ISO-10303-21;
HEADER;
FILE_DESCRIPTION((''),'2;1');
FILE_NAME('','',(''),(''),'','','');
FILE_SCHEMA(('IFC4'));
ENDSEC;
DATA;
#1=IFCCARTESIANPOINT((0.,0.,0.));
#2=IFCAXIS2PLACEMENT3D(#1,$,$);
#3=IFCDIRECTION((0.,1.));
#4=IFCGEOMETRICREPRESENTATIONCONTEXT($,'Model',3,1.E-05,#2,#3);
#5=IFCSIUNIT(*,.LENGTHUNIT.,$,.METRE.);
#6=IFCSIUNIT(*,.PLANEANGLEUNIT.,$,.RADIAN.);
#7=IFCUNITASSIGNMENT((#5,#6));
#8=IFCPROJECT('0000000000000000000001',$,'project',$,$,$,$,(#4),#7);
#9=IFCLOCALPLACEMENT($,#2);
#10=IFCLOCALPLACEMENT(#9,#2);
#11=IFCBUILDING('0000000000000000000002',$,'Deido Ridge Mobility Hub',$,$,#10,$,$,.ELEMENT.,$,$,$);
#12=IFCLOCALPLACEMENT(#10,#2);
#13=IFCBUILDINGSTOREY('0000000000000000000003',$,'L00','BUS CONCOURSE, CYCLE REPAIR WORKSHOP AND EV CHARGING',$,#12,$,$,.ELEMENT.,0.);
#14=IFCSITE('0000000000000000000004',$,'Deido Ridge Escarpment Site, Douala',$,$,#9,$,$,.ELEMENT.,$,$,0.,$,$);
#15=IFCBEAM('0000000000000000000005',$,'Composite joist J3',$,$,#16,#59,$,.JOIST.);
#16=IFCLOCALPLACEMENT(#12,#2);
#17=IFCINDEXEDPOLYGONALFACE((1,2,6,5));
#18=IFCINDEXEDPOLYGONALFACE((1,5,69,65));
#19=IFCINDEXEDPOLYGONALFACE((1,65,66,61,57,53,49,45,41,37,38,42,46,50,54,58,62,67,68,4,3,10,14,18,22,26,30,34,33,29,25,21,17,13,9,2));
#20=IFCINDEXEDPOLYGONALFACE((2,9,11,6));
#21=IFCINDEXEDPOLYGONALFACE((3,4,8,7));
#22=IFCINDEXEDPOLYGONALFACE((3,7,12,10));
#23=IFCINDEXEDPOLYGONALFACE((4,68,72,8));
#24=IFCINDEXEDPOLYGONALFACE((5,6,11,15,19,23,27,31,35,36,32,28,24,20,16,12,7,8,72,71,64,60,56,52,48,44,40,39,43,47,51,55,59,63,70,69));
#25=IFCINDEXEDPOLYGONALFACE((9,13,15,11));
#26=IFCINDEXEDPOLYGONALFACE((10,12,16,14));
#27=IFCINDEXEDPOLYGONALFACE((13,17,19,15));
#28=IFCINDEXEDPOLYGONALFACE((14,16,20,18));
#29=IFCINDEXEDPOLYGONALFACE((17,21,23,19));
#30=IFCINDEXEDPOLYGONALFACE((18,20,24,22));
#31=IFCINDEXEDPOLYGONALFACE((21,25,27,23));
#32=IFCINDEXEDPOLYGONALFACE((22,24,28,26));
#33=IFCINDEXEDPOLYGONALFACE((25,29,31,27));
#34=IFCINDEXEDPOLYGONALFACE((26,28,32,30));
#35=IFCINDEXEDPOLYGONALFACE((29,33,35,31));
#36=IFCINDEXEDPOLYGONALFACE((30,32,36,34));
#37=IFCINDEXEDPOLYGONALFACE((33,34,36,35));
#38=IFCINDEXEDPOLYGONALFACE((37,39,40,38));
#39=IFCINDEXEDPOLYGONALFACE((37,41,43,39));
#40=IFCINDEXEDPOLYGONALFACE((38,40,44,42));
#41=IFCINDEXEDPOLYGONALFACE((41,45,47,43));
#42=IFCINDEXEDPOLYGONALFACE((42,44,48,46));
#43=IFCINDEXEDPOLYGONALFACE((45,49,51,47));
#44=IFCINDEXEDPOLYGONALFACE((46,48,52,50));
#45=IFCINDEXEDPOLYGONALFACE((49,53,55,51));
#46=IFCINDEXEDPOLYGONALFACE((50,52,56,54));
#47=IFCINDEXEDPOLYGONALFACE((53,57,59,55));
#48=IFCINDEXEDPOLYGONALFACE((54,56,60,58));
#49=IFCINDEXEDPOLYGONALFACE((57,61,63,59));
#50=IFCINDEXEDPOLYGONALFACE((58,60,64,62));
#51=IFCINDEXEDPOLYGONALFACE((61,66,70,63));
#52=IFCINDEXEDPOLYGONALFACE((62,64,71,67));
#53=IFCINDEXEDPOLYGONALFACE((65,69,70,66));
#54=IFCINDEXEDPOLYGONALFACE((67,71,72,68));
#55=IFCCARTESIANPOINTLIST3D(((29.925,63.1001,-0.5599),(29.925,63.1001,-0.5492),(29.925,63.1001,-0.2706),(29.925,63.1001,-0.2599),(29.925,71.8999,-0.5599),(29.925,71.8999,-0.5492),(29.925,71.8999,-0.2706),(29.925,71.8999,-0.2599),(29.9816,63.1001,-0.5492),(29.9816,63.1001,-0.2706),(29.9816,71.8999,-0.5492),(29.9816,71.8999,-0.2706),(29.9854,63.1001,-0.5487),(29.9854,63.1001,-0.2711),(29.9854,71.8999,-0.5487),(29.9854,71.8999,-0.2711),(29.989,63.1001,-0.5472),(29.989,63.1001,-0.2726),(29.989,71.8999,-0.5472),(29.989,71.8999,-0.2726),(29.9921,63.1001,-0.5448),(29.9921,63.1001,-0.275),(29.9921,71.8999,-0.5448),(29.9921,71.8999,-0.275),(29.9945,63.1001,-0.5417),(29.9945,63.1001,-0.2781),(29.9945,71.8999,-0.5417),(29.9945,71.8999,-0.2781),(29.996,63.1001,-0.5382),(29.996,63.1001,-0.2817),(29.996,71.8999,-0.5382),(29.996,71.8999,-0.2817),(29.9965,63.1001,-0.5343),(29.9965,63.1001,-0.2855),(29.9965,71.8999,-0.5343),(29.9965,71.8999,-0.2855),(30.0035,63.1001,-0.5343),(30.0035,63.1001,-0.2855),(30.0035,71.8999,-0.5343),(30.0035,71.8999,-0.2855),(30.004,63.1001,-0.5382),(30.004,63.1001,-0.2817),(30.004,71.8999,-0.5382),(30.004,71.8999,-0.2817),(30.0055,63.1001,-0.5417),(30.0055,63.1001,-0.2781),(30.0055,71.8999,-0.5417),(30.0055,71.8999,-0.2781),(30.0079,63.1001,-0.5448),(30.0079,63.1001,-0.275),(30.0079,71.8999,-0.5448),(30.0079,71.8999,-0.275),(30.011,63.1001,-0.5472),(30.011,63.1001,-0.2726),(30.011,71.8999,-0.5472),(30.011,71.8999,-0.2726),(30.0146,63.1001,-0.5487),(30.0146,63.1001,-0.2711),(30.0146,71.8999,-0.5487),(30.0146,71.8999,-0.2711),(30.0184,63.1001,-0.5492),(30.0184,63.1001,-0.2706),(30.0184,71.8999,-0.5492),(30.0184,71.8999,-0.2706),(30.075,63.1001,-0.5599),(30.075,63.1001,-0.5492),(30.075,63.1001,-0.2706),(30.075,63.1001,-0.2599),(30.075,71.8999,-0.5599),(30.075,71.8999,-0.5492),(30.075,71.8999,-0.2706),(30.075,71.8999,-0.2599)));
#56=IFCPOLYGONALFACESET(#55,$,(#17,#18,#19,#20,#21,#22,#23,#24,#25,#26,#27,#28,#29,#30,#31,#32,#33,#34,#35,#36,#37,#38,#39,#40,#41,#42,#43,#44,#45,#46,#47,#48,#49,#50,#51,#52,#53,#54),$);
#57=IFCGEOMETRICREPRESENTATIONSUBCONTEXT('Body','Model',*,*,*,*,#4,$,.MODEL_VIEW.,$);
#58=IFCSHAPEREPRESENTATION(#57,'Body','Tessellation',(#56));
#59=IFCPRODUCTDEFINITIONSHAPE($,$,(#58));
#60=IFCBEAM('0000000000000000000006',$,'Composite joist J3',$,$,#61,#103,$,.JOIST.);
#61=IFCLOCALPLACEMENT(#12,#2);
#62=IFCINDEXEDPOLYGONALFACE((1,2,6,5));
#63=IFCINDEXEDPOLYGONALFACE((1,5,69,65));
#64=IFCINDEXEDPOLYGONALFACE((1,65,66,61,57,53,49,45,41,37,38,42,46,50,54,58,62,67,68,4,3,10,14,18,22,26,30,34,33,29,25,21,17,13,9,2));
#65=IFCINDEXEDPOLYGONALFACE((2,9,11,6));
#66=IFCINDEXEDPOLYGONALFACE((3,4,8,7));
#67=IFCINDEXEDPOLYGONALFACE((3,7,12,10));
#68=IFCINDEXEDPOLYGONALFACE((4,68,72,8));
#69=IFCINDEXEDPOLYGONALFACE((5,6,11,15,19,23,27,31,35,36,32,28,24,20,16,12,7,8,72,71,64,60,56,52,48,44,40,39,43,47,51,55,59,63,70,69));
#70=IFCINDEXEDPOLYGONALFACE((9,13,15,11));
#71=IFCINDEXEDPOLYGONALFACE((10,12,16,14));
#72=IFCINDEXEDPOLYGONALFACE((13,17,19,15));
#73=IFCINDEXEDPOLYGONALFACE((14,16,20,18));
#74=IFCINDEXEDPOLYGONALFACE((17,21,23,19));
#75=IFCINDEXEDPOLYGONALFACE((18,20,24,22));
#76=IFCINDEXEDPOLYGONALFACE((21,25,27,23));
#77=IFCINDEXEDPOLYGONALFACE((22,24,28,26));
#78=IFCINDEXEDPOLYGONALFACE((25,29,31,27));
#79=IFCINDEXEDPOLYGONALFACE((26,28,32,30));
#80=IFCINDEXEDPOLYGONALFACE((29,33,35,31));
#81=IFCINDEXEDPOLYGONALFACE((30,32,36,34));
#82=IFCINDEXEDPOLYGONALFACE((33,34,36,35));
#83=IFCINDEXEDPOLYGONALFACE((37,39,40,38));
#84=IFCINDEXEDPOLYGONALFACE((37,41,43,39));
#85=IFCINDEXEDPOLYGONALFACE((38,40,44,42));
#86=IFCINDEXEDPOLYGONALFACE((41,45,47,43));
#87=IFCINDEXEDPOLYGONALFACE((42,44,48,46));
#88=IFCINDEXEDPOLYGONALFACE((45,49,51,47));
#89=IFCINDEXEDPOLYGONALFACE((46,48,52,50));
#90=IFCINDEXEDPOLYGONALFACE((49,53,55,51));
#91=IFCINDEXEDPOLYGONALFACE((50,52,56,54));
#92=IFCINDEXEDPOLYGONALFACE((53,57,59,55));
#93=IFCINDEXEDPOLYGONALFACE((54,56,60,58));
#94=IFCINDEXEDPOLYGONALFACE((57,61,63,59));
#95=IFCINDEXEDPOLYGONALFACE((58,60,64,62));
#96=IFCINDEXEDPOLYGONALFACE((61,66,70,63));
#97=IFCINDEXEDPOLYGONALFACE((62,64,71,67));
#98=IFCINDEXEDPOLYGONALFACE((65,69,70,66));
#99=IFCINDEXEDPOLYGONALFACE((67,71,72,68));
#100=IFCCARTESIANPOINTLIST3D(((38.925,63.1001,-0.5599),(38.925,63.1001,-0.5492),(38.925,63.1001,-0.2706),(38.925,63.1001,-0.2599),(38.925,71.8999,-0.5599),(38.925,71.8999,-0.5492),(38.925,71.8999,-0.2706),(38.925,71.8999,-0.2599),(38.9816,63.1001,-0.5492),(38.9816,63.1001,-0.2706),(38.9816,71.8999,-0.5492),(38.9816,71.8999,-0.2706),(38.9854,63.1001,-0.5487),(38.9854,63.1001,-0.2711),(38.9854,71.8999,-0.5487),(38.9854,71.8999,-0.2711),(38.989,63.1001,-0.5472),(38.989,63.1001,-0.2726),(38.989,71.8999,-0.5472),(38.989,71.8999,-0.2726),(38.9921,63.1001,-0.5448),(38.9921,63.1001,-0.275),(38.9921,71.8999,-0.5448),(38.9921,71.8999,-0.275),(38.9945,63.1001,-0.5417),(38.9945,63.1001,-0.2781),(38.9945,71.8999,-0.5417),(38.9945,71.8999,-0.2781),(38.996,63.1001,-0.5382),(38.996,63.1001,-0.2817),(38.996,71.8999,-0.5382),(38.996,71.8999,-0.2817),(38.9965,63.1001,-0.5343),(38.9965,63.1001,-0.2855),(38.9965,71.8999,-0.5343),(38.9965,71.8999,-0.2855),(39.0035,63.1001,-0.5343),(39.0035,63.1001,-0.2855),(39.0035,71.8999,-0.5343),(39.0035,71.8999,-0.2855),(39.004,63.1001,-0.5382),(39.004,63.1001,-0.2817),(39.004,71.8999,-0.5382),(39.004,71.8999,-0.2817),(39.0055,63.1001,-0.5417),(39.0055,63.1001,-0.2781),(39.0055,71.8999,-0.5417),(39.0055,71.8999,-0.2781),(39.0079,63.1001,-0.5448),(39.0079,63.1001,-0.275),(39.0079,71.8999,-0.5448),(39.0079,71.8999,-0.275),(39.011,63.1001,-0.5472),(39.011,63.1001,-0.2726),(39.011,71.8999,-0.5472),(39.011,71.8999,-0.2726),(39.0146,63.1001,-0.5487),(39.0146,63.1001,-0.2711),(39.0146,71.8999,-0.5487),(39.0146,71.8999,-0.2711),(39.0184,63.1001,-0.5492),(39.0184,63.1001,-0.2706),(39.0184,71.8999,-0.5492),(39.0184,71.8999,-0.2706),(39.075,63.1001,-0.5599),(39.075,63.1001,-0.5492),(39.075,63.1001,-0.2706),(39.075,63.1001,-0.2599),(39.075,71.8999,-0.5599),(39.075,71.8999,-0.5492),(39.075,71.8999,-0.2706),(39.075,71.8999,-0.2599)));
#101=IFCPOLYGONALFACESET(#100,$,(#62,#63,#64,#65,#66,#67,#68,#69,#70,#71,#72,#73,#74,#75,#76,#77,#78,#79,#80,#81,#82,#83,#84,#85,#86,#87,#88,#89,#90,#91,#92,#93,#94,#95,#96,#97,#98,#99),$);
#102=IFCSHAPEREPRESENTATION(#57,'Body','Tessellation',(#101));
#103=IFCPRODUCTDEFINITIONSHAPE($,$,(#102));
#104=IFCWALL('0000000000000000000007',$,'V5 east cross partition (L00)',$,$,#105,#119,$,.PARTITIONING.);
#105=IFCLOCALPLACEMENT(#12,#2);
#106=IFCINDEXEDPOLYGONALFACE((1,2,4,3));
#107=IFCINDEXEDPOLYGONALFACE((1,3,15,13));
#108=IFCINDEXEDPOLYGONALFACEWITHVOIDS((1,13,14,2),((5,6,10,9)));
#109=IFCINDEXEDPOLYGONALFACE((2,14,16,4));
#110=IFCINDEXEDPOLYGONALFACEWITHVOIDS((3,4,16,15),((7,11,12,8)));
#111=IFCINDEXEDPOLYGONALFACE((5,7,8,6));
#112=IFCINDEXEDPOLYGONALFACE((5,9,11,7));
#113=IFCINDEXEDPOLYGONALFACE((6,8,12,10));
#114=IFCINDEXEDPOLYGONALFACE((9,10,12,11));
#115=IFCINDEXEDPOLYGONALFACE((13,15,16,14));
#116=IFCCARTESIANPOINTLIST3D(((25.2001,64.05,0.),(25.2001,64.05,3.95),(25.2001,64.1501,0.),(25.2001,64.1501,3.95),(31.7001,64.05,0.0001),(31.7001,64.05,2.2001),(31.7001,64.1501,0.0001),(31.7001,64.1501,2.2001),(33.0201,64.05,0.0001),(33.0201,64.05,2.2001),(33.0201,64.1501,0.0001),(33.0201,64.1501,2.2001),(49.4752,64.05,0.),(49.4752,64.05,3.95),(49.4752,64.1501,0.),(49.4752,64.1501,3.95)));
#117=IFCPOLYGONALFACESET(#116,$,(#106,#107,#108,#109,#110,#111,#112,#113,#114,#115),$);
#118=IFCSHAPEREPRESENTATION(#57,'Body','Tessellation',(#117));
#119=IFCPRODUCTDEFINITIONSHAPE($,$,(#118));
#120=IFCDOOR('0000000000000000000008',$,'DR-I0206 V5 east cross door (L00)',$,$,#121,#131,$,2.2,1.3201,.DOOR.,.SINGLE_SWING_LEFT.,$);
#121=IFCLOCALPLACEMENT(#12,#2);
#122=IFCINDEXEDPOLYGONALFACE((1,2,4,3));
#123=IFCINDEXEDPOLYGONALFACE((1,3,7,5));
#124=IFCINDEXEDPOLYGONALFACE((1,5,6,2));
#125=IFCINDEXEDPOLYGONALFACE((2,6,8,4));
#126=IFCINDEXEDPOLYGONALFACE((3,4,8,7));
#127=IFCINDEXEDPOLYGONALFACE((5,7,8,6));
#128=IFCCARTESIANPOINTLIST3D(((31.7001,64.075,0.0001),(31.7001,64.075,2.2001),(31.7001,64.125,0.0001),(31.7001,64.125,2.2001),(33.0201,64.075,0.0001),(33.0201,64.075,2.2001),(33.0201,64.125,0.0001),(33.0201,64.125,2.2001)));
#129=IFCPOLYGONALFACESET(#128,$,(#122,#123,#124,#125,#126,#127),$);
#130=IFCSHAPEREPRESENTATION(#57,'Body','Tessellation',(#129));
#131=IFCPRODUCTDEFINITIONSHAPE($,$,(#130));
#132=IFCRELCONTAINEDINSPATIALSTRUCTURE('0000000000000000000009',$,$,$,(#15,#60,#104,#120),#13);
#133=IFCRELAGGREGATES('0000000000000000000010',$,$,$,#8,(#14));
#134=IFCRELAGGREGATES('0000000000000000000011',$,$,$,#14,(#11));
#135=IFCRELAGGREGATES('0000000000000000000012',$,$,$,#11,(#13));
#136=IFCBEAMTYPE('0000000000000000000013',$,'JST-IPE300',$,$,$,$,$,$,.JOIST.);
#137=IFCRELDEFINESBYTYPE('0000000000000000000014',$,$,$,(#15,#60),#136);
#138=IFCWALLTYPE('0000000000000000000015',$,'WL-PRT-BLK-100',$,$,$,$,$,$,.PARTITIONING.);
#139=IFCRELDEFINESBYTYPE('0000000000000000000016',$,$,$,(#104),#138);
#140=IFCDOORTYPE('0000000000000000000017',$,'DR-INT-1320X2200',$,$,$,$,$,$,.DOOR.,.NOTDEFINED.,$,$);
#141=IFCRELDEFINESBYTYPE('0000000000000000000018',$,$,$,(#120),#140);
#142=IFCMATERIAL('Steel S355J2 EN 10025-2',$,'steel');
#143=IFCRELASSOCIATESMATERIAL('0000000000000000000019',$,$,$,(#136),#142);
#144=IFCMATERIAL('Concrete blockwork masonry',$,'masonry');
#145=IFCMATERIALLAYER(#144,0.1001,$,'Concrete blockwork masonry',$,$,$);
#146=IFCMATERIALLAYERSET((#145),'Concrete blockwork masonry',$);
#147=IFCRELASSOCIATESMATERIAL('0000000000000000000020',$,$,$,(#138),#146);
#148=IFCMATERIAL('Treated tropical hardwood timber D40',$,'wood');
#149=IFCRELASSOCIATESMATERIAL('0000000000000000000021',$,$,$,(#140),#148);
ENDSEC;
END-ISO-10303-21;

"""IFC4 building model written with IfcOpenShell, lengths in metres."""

from ifc_helpers import new_model, si_unit, direction, frame, frame_2d, origin, origin_2d, place, context, subcontext, project, spatial, rectangle, i_section, extrude, material, layer, layer_set, material_profile, profile_set, type_object, element, fill, save


model = new_model("IFC4")

# Units and contexts
model_context = context("Model", 3, precision=1e-05, world=origin(), true_north=direction((0.0, 1.0)))
body_context = subcontext(model_context, "Body", "Model", "MODEL_VIEW")
ifc_project = project(units=[si_unit("LENGTHUNIT", "METRE"), si_unit("PLANEANGLEUNIT", "RADIAN")], contexts=[model_context])

# Site, building, storey
site_placement = place(None, origin())
site = spatial("IfcSite", under=ifc_project, at=site_placement, Name="Deido Ridge Escarpment Site, Douala", CompositionType="ELEMENT", RefElevation=0.0)
building_placement = place(site_placement, origin())
building = spatial("IfcBuilding", under=site, at=building_placement, Name="Deido Ridge Mobility Hub", CompositionType="ELEMENT")
storey_placement = place(building_placement, origin())
storey = spatial("IfcBuildingStorey", under=building, at=storey_placement, Name="L00", Description="BUS CONCOURSE, CYCLE REPAIR WORKSHOP AND EV CHARGING", CompositionType="ELEMENT", Elevation=0.0)

# Shared definitions
ifc_material_1 = material(Name="Steel S355J2 EN 10025-2", Category="steel")

# Beams
ifc_material_profile_1 = material_profile(ifc_material_1, i_section(OverallWidth=0.1499, OverallDepth=0.3, WebThickness=0.0071, FlangeThickness=0.0107, FilletRadius=0.0149, at=origin_2d()), Name="IPE 300")
ifc_profile_set_1 = profile_set([ifc_material_profile_1], Name="Steel S355J2 EN 10025-2")
beam_type_1 = type_object("IfcBeamType", Name="JST-IPE300", PredefinedType="JOIST", material=ifc_profile_set_1)
for number, where, z_axis, x_axis, name in (
    (1, (30.0, 63.1001, -0.4099), (0.0, 1.0, 0.0), (-1.0, 0.0, 0.0), "Composite joist J3"),
    (2, (39.0, 63.1001, -0.4099), (0.0, 1.0, 0.0), (-1.0, 0.0, 0.0), "Composite joist J3"),
):
    element("IfcBeam", number, at=place(storey_placement, frame(where, z_axis=z_axis, x_axis=x_axis)), inside=storey, type_object=beam_type_1, Name=name, PredefinedType="JOIST", context=body_context, shape_type="SweptSolid", body=[
        extrude(i_section(OverallWidth=0.1499, OverallDepth=0.3, WebThickness=0.0071, FlangeThickness=0.0107, FilletRadius=0.0149, at=origin_2d()), origin(), (0.0, 0.0, 1.0), 8.7998),
    ])

# Wall, opening, door
ifc_material_2 = material(Name="Concrete blockwork masonry", Category="masonry")
ifc_layer = layer(ifc_material_2, 0.1001, Name="Concrete blockwork masonry")
ifc_layer_set = layer_set([ifc_layer], Name="Concrete blockwork masonry")
wall_type = type_object("IfcWallType", Name="WL-PRT-BLK-100", PredefinedType="PARTITIONING", material=ifc_layer_set)
wall_placement = place(storey_placement, frame((25.2, 64.1001, 0.0), z_axis=(0.0, 0.0, 1.0), x_axis=(1.0, 0.0, 0.0)))
wall = element("IfcWall", 3, at=wall_placement, inside=storey, type_object=wall_type, Name="V5 east cross partition (L00)", PredefinedType="PARTITIONING", context=body_context, shape_type="SweptSolid", body=[
    extrude(rectangle(XDim=24.2751, YDim=0.1001, at=frame_2d((12.1377, 0.0))), origin(), (0.0, 0.0, 1.0), 3.95),
])
opening_placement = place(wall_placement, frame((6.5, 0.0, 0.0)))
opening = element("IfcOpeningElement", 4, at=opening_placement, cuts=wall, PredefinedType="OPENING", context=body_context, shape_type="SweptSolid", body=[
    extrude(rectangle(XDim=1.3201, YDim=2.2, at=frame_2d((0.6602, 1.1001))), frame((0.0, 0.0601, 0.0), z_axis=(0.0, -1.0, 0.0), x_axis=(1.0, 0.0, 0.0)), (0.0, 0.0, 1.0), 0.1201),
])
ifc_material_3 = material(Name="Treated tropical hardwood timber D40", Category="wood")
door_type = type_object("IfcDoorType", Name="DR-INT-1320X2200", OperationType="NOTDEFINED", PredefinedType="DOOR", material=ifc_material_3)
door_placement = place(opening_placement, origin())
door = element("IfcDoor", 5, at=door_placement, inside=storey, type_object=door_type, Name="DR-I0206 V5 east cross door (L00)", OperationType="SINGLE_SWING_LEFT", OverallHeight=2.2, OverallWidth=1.3201, PredefinedType="DOOR", context=body_context, shape_type="SweptSolid", body=[
    extrude(rectangle(XDim=1.3201, YDim=2.2, at=frame_2d((0.6602, 1.1001))), frame((0.0, 0.0249, 0.0), z_axis=(0.0, -1.0, 0.0), x_axis=(1.0, 0.0, 0.0)), (0.0, 0.0, 1.0), 0.05),
])
fill(opening, door)

save(model, "model.ifc")
